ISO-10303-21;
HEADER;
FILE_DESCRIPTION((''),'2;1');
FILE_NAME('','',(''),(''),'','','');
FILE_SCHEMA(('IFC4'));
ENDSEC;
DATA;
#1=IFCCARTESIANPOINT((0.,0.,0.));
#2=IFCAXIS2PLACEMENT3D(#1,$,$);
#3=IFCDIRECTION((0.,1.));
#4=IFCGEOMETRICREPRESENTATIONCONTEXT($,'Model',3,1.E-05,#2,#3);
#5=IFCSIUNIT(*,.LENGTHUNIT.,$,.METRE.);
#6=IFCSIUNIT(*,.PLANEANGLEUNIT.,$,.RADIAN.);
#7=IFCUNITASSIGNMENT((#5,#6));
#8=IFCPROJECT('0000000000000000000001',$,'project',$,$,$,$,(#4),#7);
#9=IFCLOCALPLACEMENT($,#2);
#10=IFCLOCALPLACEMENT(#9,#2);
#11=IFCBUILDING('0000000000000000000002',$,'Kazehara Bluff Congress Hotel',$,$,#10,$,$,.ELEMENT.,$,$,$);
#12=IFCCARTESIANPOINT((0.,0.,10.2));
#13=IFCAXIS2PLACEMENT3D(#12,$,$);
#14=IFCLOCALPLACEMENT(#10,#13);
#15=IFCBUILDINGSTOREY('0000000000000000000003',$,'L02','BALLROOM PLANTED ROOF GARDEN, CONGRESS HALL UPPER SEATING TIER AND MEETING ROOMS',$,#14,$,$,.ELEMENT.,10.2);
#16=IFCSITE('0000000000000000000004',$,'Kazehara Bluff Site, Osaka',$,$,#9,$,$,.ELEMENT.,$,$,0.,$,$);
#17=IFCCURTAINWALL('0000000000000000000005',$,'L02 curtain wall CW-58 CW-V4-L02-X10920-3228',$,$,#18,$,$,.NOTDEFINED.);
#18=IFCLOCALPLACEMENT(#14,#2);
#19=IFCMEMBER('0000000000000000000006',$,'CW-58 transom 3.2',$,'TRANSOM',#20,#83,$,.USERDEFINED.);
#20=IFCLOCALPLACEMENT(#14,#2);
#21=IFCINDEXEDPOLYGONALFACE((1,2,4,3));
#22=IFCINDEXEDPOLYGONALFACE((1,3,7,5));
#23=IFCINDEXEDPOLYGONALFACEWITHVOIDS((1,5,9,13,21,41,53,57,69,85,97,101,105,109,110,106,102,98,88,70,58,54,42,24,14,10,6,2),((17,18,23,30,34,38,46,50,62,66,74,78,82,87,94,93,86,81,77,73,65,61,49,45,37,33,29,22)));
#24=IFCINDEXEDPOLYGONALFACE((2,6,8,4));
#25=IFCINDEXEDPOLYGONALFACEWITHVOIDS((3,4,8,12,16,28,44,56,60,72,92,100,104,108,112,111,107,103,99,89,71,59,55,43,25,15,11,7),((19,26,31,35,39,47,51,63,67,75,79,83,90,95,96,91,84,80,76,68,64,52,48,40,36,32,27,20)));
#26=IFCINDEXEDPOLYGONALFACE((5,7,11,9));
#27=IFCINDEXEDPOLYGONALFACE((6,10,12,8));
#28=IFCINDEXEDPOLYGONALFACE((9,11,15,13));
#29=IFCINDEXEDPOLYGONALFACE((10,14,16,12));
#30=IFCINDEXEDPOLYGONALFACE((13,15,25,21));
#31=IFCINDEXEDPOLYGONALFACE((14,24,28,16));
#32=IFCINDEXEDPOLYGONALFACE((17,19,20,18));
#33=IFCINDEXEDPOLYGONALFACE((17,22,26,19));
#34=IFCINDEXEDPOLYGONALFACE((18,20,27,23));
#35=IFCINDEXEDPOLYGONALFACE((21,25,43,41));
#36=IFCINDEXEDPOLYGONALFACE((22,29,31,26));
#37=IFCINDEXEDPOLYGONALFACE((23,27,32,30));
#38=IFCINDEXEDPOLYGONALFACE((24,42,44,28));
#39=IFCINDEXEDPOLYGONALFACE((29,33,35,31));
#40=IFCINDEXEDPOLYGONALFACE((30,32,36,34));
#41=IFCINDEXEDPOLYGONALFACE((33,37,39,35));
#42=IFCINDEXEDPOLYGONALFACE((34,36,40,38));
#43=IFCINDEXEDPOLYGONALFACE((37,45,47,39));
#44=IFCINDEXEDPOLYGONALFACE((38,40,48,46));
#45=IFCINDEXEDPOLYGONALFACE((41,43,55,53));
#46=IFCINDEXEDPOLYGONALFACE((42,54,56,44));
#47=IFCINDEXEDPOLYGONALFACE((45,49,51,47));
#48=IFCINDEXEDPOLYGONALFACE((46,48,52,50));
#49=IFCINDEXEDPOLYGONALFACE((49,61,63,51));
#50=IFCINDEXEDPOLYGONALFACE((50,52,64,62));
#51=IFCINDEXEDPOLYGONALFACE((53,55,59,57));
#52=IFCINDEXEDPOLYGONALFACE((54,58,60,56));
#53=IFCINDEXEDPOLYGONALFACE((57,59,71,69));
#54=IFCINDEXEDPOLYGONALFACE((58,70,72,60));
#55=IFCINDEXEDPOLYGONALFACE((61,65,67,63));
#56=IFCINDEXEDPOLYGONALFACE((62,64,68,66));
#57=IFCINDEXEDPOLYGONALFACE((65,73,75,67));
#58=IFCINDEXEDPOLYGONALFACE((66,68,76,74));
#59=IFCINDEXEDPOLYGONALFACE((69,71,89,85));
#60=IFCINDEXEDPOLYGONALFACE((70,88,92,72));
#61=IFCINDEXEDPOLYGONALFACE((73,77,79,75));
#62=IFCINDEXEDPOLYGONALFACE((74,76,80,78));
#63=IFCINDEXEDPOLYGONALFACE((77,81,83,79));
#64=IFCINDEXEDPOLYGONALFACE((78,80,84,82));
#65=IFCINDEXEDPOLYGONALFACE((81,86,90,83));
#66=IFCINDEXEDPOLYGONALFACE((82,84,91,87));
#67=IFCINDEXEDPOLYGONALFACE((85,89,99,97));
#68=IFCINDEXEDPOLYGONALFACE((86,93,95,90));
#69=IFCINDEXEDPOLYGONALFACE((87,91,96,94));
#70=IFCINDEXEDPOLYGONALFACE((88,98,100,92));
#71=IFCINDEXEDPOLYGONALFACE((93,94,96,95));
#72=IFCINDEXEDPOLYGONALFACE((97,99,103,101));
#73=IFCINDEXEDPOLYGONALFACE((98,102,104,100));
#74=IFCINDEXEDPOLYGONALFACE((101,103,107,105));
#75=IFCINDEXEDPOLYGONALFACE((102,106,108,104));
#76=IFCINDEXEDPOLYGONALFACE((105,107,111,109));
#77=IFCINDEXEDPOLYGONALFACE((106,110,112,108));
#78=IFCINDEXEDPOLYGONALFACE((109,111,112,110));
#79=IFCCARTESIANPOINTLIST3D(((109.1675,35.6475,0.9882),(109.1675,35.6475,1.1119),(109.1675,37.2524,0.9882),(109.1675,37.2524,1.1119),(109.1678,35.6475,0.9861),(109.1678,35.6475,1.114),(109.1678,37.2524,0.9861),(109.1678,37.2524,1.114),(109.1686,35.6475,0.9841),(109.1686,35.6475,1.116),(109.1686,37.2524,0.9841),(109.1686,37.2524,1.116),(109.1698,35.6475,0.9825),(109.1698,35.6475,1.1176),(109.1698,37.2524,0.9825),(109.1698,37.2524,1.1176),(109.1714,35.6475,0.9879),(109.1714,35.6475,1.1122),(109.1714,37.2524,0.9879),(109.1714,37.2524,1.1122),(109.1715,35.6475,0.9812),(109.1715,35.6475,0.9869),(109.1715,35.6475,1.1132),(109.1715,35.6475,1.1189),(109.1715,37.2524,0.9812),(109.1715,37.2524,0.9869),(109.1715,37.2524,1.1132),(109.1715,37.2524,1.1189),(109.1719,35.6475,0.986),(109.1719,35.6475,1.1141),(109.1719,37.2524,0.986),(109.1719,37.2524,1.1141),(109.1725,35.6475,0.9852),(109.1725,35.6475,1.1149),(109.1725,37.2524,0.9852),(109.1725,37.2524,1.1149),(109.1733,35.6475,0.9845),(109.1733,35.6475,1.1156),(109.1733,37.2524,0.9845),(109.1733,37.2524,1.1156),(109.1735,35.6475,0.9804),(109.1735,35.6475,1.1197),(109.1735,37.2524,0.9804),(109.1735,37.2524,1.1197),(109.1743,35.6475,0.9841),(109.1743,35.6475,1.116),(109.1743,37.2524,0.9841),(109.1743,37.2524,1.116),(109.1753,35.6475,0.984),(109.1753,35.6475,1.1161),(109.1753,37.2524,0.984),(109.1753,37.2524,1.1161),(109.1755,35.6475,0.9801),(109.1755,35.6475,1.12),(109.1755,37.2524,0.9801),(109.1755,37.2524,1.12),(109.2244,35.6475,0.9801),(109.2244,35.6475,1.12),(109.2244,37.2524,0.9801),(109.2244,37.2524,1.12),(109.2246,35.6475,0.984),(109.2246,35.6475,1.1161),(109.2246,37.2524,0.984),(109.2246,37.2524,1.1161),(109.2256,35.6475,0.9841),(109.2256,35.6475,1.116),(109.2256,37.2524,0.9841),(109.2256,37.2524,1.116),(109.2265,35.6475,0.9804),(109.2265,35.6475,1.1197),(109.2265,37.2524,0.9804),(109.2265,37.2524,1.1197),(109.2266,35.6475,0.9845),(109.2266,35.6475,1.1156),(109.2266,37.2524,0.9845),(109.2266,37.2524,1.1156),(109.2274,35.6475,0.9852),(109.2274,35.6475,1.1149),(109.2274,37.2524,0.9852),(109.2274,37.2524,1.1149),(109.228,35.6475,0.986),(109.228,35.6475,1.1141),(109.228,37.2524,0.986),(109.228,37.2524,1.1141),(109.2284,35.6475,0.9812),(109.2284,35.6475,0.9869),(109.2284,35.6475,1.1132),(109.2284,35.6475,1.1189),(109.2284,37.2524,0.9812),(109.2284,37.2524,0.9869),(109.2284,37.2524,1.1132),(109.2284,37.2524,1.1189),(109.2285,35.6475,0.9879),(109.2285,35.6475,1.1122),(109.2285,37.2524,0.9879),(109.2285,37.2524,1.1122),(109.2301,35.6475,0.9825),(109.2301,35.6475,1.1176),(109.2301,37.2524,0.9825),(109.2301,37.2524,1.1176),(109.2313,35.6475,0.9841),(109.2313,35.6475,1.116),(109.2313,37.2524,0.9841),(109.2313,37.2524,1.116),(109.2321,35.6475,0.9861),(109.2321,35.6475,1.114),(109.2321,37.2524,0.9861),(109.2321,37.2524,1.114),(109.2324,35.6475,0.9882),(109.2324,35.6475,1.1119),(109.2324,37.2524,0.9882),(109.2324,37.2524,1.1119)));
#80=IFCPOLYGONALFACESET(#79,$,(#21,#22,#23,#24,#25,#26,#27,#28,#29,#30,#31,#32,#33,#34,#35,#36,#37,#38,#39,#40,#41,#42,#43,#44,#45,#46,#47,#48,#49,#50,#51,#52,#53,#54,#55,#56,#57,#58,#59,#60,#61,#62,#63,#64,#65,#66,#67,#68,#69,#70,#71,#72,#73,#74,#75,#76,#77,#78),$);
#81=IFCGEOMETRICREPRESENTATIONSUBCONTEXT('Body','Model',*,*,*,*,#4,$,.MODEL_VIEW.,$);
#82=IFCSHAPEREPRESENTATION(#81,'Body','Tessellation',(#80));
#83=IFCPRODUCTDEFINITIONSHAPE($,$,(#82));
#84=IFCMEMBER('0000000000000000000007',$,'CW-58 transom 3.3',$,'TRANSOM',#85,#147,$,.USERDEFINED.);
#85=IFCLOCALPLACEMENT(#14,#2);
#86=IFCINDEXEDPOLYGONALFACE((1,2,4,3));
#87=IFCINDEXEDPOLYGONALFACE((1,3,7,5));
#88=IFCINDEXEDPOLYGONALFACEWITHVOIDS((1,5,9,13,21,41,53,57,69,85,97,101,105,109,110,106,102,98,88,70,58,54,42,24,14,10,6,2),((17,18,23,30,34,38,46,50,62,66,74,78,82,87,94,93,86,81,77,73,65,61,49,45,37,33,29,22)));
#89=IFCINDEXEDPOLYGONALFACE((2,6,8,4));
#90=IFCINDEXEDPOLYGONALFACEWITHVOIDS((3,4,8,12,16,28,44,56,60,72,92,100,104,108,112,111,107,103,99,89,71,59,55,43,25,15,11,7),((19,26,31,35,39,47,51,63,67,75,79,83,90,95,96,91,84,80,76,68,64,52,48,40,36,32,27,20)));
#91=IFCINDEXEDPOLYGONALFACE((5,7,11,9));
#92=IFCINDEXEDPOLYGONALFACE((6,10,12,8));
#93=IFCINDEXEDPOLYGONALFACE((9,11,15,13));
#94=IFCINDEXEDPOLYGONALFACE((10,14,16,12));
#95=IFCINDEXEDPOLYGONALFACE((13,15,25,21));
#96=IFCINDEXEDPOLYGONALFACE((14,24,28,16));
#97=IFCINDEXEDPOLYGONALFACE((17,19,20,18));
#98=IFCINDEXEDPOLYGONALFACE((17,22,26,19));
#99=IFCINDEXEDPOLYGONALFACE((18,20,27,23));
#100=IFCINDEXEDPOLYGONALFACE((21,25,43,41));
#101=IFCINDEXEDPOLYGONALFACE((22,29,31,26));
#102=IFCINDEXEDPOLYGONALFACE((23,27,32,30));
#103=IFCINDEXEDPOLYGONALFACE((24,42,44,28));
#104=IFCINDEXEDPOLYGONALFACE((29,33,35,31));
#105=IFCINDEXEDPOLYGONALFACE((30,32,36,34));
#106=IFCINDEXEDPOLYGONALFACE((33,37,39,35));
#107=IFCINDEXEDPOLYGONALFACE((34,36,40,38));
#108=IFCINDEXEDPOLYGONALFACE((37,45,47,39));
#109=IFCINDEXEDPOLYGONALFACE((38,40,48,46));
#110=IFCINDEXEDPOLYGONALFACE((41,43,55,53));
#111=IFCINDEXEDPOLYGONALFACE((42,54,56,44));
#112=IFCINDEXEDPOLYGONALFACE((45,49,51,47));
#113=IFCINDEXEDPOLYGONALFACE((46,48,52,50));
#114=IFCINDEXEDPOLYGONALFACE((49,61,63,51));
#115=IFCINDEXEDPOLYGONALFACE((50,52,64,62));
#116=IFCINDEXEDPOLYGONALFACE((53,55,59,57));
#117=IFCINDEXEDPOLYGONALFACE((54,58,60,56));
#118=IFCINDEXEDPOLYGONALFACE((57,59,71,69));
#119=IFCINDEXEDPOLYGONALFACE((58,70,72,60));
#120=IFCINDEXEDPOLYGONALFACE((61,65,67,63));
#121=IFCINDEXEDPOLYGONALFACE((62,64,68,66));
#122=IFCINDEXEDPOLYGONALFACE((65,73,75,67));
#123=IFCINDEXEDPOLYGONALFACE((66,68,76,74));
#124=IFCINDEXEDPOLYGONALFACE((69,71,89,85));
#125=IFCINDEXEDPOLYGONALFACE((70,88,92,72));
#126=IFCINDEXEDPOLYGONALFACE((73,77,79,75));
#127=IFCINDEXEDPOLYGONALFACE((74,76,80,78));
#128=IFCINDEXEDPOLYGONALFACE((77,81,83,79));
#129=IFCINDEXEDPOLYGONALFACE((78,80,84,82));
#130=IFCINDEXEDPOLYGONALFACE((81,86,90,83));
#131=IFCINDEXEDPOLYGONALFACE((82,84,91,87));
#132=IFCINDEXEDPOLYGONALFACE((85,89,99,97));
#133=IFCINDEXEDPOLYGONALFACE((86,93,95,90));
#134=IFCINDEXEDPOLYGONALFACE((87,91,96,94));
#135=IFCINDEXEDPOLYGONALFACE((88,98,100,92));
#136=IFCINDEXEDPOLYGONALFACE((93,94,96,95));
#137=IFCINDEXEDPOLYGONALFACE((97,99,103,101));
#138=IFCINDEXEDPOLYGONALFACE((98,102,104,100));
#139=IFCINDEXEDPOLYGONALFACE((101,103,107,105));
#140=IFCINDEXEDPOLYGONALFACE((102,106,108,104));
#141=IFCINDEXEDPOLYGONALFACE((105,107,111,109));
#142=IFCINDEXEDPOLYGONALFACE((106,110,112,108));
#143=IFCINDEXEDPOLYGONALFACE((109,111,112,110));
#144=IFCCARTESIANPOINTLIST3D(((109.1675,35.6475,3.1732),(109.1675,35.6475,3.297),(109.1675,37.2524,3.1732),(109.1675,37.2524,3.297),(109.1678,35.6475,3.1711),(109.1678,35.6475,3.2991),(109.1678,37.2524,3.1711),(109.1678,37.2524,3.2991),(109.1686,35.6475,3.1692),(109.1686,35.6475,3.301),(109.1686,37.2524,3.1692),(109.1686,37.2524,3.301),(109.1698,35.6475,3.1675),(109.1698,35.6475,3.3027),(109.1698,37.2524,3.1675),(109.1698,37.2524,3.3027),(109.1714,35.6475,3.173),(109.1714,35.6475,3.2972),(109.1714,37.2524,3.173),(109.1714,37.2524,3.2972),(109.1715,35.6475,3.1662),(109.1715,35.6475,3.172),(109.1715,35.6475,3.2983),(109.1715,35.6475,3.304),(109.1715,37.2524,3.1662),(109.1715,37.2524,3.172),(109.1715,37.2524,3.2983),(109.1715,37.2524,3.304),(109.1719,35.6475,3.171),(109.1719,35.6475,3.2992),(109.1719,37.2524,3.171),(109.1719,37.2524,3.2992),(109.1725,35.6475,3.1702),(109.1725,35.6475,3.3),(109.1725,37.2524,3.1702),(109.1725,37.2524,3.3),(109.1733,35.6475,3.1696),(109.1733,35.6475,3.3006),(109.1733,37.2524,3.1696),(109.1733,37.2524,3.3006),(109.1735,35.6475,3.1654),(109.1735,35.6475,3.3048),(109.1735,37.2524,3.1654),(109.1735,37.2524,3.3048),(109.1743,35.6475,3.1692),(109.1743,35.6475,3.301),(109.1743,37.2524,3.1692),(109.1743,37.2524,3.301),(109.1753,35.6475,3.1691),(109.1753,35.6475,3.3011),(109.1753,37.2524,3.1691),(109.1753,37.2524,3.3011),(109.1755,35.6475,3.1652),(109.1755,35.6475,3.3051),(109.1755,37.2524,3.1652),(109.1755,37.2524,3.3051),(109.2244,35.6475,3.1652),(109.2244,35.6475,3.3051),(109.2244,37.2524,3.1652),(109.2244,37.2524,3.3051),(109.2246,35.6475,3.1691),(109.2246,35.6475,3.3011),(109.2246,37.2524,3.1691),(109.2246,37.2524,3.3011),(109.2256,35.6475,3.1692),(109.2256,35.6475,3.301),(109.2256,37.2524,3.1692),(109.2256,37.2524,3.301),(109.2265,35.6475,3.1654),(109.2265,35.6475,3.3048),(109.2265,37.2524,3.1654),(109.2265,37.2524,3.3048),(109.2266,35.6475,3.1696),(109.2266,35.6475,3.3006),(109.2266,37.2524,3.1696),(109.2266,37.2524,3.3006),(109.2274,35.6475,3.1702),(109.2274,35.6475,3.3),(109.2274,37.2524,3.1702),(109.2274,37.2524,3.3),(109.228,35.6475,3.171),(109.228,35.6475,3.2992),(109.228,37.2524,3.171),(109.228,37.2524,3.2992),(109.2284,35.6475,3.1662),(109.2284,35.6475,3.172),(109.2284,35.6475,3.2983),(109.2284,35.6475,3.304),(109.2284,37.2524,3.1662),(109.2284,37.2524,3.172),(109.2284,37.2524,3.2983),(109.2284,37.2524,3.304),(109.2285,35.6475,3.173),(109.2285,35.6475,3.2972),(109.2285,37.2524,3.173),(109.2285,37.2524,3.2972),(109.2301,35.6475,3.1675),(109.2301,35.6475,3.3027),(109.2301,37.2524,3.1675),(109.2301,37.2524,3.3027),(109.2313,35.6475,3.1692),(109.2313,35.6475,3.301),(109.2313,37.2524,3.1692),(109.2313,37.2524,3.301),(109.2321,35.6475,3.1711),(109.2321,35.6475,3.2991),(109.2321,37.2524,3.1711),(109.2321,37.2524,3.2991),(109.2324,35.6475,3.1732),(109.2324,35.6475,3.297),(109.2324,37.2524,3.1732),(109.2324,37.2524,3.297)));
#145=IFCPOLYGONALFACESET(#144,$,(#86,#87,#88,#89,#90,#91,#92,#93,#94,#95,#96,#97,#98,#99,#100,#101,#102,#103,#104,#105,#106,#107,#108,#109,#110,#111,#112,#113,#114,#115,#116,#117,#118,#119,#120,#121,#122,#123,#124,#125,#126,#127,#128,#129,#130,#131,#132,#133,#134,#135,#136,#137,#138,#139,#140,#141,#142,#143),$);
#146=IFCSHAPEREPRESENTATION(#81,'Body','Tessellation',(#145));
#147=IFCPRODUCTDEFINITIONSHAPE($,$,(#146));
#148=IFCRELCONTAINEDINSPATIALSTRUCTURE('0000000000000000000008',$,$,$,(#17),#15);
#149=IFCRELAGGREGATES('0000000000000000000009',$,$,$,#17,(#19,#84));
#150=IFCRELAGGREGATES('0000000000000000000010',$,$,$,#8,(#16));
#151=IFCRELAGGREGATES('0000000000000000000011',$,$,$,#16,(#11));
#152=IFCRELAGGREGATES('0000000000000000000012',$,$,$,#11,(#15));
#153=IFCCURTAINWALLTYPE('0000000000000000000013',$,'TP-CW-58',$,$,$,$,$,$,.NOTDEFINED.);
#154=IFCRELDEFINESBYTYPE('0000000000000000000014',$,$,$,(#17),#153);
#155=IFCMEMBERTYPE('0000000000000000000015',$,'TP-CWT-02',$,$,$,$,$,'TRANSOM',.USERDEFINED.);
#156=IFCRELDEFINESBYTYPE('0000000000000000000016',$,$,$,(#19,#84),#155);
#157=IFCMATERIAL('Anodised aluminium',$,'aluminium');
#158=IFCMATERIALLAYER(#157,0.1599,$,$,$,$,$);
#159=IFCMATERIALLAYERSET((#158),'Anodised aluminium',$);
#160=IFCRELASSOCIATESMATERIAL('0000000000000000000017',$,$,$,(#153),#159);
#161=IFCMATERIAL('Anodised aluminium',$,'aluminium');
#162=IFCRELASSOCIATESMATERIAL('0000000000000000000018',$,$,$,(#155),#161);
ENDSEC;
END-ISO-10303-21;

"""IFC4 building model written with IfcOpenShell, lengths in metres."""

from ifc_helpers import new_model, si_unit, direction, frame, origin, origin_2d, place, context, subcontext, project, spatial, hollow_rectangle, extrude, material, layer, layer_set, material_profile, profile_set, type_object, element, aggregate, save


model = new_model("IFC4")

# Units and contexts
model_context = context("Model", 3, precision=1e-05, world=origin(), true_north=direction((0.0, 1.0)))
body_context = subcontext(model_context, "Body", "Model", "MODEL_VIEW")
ifc_project = project(units=[si_unit("LENGTHUNIT", "METRE"), si_unit("PLANEANGLEUNIT", "RADIAN")], contexts=[model_context])

# Site, building, storey
site_placement = place(None, origin())
site = spatial("IfcSite", under=ifc_project, at=site_placement, Name="Kazehara Bluff Site, Osaka", CompositionType="ELEMENT", RefElevation=0.0)
building_placement = place(site_placement, origin())
building = spatial("IfcBuilding", under=site, at=building_placement, Name="Kazehara Bluff Congress Hotel", CompositionType="ELEMENT")
storey_placement = place(building_placement, frame((0.0, 0.0, 10.2)))
storey = spatial("IfcBuildingStorey", under=building, at=storey_placement, Name="L02", Description="BALLROOM PLANTED ROOF GARDEN, CONGRESS HALL UPPER SEATING TIER AND MEETING ROOMS", CompositionType="ELEMENT", Elevation=10.2)

# Curtain wall, members
ifc_material_1 = material(Name="Anodised aluminium", Category="aluminium")
ifc_layer_1 = layer(ifc_material_1, 0.1599)
ifc_layer_set_1 = layer_set([ifc_layer_1], Name="Anodised aluminium")
curtain_wall_type = type_object("IfcCurtainWallType", Name="TP-CW-58", PredefinedType="NOTDEFINED", material=ifc_layer_set_1)
curtain_wall_placement = place(storey_placement, origin())
curtain_wall = element("IfcCurtainWall", 1, at=curtain_wall_placement, inside=storey, type_object=curtain_wall_type, Name="L02 curtain wall CW-58 CW-V4-L02-X10920-3228", PredefinedType="NOTDEFINED")
ifc_material_2 = material(Name="Anodised aluminium", Category="aluminium")
ifc_material_profile_1 = material_profile(ifc_material_2, hollow_rectangle(XDim=0.0649, YDim=0.1399, WallThickness=0.0039, InnerFilletRadius=0.0039, OuterFilletRadius=0.0081, at=origin_2d()))
ifc_profile_set_1 = profile_set([ifc_material_profile_1], Name="Anodised aluminium")
member_type_1 = type_object("IfcMemberType", Name="TP-CWT-02", ElementType="TRANSOM", PredefinedType="USERDEFINED", material=ifc_profile_set_1)
member_1_placement = place(storey_placement, frame((109.2, 35.6475, 1.05), z_axis=(0.0, 1.0, 0.0), x_axis=(-1.0, 0.0, 0.0)))
member_1 = element("IfcMember", 2, at=member_1_placement, type_object=member_type_1, Name="CW-58 transom 3.2", ObjectType="TRANSOM", PredefinedType="USERDEFINED", context=body_context, shape_type="SweptSolid", body=[
    extrude(hollow_rectangle(XDim=0.0649, YDim=0.1399, WallThickness=0.0039, InnerFilletRadius=0.0039, OuterFilletRadius=0.0081, at=origin_2d()), origin(), (0.0, 0.0, 1.0), 1.605),
])
member_2_placement = place(storey_placement, frame((109.2, 35.6475, 3.2351), z_axis=(0.0, 1.0, 0.0), x_axis=(-1.0, 0.0, 0.0)))
member_2 = element("IfcMember", 3, at=member_2_placement, type_object=member_type_1, Name="CW-58 transom 3.3", ObjectType="TRANSOM", PredefinedType="USERDEFINED", context=body_context, shape_type="SweptSolid", body=[
    extrude(hollow_rectangle(XDim=0.0649, YDim=0.1399, WallThickness=0.0039, InnerFilletRadius=0.0039, OuterFilletRadius=0.0081, at=origin_2d()), origin(), (0.0, 0.0, 1.0), 1.605),
])

aggregate(curtain_wall, [member_1, member_2])

save(model, "model.ifc")
